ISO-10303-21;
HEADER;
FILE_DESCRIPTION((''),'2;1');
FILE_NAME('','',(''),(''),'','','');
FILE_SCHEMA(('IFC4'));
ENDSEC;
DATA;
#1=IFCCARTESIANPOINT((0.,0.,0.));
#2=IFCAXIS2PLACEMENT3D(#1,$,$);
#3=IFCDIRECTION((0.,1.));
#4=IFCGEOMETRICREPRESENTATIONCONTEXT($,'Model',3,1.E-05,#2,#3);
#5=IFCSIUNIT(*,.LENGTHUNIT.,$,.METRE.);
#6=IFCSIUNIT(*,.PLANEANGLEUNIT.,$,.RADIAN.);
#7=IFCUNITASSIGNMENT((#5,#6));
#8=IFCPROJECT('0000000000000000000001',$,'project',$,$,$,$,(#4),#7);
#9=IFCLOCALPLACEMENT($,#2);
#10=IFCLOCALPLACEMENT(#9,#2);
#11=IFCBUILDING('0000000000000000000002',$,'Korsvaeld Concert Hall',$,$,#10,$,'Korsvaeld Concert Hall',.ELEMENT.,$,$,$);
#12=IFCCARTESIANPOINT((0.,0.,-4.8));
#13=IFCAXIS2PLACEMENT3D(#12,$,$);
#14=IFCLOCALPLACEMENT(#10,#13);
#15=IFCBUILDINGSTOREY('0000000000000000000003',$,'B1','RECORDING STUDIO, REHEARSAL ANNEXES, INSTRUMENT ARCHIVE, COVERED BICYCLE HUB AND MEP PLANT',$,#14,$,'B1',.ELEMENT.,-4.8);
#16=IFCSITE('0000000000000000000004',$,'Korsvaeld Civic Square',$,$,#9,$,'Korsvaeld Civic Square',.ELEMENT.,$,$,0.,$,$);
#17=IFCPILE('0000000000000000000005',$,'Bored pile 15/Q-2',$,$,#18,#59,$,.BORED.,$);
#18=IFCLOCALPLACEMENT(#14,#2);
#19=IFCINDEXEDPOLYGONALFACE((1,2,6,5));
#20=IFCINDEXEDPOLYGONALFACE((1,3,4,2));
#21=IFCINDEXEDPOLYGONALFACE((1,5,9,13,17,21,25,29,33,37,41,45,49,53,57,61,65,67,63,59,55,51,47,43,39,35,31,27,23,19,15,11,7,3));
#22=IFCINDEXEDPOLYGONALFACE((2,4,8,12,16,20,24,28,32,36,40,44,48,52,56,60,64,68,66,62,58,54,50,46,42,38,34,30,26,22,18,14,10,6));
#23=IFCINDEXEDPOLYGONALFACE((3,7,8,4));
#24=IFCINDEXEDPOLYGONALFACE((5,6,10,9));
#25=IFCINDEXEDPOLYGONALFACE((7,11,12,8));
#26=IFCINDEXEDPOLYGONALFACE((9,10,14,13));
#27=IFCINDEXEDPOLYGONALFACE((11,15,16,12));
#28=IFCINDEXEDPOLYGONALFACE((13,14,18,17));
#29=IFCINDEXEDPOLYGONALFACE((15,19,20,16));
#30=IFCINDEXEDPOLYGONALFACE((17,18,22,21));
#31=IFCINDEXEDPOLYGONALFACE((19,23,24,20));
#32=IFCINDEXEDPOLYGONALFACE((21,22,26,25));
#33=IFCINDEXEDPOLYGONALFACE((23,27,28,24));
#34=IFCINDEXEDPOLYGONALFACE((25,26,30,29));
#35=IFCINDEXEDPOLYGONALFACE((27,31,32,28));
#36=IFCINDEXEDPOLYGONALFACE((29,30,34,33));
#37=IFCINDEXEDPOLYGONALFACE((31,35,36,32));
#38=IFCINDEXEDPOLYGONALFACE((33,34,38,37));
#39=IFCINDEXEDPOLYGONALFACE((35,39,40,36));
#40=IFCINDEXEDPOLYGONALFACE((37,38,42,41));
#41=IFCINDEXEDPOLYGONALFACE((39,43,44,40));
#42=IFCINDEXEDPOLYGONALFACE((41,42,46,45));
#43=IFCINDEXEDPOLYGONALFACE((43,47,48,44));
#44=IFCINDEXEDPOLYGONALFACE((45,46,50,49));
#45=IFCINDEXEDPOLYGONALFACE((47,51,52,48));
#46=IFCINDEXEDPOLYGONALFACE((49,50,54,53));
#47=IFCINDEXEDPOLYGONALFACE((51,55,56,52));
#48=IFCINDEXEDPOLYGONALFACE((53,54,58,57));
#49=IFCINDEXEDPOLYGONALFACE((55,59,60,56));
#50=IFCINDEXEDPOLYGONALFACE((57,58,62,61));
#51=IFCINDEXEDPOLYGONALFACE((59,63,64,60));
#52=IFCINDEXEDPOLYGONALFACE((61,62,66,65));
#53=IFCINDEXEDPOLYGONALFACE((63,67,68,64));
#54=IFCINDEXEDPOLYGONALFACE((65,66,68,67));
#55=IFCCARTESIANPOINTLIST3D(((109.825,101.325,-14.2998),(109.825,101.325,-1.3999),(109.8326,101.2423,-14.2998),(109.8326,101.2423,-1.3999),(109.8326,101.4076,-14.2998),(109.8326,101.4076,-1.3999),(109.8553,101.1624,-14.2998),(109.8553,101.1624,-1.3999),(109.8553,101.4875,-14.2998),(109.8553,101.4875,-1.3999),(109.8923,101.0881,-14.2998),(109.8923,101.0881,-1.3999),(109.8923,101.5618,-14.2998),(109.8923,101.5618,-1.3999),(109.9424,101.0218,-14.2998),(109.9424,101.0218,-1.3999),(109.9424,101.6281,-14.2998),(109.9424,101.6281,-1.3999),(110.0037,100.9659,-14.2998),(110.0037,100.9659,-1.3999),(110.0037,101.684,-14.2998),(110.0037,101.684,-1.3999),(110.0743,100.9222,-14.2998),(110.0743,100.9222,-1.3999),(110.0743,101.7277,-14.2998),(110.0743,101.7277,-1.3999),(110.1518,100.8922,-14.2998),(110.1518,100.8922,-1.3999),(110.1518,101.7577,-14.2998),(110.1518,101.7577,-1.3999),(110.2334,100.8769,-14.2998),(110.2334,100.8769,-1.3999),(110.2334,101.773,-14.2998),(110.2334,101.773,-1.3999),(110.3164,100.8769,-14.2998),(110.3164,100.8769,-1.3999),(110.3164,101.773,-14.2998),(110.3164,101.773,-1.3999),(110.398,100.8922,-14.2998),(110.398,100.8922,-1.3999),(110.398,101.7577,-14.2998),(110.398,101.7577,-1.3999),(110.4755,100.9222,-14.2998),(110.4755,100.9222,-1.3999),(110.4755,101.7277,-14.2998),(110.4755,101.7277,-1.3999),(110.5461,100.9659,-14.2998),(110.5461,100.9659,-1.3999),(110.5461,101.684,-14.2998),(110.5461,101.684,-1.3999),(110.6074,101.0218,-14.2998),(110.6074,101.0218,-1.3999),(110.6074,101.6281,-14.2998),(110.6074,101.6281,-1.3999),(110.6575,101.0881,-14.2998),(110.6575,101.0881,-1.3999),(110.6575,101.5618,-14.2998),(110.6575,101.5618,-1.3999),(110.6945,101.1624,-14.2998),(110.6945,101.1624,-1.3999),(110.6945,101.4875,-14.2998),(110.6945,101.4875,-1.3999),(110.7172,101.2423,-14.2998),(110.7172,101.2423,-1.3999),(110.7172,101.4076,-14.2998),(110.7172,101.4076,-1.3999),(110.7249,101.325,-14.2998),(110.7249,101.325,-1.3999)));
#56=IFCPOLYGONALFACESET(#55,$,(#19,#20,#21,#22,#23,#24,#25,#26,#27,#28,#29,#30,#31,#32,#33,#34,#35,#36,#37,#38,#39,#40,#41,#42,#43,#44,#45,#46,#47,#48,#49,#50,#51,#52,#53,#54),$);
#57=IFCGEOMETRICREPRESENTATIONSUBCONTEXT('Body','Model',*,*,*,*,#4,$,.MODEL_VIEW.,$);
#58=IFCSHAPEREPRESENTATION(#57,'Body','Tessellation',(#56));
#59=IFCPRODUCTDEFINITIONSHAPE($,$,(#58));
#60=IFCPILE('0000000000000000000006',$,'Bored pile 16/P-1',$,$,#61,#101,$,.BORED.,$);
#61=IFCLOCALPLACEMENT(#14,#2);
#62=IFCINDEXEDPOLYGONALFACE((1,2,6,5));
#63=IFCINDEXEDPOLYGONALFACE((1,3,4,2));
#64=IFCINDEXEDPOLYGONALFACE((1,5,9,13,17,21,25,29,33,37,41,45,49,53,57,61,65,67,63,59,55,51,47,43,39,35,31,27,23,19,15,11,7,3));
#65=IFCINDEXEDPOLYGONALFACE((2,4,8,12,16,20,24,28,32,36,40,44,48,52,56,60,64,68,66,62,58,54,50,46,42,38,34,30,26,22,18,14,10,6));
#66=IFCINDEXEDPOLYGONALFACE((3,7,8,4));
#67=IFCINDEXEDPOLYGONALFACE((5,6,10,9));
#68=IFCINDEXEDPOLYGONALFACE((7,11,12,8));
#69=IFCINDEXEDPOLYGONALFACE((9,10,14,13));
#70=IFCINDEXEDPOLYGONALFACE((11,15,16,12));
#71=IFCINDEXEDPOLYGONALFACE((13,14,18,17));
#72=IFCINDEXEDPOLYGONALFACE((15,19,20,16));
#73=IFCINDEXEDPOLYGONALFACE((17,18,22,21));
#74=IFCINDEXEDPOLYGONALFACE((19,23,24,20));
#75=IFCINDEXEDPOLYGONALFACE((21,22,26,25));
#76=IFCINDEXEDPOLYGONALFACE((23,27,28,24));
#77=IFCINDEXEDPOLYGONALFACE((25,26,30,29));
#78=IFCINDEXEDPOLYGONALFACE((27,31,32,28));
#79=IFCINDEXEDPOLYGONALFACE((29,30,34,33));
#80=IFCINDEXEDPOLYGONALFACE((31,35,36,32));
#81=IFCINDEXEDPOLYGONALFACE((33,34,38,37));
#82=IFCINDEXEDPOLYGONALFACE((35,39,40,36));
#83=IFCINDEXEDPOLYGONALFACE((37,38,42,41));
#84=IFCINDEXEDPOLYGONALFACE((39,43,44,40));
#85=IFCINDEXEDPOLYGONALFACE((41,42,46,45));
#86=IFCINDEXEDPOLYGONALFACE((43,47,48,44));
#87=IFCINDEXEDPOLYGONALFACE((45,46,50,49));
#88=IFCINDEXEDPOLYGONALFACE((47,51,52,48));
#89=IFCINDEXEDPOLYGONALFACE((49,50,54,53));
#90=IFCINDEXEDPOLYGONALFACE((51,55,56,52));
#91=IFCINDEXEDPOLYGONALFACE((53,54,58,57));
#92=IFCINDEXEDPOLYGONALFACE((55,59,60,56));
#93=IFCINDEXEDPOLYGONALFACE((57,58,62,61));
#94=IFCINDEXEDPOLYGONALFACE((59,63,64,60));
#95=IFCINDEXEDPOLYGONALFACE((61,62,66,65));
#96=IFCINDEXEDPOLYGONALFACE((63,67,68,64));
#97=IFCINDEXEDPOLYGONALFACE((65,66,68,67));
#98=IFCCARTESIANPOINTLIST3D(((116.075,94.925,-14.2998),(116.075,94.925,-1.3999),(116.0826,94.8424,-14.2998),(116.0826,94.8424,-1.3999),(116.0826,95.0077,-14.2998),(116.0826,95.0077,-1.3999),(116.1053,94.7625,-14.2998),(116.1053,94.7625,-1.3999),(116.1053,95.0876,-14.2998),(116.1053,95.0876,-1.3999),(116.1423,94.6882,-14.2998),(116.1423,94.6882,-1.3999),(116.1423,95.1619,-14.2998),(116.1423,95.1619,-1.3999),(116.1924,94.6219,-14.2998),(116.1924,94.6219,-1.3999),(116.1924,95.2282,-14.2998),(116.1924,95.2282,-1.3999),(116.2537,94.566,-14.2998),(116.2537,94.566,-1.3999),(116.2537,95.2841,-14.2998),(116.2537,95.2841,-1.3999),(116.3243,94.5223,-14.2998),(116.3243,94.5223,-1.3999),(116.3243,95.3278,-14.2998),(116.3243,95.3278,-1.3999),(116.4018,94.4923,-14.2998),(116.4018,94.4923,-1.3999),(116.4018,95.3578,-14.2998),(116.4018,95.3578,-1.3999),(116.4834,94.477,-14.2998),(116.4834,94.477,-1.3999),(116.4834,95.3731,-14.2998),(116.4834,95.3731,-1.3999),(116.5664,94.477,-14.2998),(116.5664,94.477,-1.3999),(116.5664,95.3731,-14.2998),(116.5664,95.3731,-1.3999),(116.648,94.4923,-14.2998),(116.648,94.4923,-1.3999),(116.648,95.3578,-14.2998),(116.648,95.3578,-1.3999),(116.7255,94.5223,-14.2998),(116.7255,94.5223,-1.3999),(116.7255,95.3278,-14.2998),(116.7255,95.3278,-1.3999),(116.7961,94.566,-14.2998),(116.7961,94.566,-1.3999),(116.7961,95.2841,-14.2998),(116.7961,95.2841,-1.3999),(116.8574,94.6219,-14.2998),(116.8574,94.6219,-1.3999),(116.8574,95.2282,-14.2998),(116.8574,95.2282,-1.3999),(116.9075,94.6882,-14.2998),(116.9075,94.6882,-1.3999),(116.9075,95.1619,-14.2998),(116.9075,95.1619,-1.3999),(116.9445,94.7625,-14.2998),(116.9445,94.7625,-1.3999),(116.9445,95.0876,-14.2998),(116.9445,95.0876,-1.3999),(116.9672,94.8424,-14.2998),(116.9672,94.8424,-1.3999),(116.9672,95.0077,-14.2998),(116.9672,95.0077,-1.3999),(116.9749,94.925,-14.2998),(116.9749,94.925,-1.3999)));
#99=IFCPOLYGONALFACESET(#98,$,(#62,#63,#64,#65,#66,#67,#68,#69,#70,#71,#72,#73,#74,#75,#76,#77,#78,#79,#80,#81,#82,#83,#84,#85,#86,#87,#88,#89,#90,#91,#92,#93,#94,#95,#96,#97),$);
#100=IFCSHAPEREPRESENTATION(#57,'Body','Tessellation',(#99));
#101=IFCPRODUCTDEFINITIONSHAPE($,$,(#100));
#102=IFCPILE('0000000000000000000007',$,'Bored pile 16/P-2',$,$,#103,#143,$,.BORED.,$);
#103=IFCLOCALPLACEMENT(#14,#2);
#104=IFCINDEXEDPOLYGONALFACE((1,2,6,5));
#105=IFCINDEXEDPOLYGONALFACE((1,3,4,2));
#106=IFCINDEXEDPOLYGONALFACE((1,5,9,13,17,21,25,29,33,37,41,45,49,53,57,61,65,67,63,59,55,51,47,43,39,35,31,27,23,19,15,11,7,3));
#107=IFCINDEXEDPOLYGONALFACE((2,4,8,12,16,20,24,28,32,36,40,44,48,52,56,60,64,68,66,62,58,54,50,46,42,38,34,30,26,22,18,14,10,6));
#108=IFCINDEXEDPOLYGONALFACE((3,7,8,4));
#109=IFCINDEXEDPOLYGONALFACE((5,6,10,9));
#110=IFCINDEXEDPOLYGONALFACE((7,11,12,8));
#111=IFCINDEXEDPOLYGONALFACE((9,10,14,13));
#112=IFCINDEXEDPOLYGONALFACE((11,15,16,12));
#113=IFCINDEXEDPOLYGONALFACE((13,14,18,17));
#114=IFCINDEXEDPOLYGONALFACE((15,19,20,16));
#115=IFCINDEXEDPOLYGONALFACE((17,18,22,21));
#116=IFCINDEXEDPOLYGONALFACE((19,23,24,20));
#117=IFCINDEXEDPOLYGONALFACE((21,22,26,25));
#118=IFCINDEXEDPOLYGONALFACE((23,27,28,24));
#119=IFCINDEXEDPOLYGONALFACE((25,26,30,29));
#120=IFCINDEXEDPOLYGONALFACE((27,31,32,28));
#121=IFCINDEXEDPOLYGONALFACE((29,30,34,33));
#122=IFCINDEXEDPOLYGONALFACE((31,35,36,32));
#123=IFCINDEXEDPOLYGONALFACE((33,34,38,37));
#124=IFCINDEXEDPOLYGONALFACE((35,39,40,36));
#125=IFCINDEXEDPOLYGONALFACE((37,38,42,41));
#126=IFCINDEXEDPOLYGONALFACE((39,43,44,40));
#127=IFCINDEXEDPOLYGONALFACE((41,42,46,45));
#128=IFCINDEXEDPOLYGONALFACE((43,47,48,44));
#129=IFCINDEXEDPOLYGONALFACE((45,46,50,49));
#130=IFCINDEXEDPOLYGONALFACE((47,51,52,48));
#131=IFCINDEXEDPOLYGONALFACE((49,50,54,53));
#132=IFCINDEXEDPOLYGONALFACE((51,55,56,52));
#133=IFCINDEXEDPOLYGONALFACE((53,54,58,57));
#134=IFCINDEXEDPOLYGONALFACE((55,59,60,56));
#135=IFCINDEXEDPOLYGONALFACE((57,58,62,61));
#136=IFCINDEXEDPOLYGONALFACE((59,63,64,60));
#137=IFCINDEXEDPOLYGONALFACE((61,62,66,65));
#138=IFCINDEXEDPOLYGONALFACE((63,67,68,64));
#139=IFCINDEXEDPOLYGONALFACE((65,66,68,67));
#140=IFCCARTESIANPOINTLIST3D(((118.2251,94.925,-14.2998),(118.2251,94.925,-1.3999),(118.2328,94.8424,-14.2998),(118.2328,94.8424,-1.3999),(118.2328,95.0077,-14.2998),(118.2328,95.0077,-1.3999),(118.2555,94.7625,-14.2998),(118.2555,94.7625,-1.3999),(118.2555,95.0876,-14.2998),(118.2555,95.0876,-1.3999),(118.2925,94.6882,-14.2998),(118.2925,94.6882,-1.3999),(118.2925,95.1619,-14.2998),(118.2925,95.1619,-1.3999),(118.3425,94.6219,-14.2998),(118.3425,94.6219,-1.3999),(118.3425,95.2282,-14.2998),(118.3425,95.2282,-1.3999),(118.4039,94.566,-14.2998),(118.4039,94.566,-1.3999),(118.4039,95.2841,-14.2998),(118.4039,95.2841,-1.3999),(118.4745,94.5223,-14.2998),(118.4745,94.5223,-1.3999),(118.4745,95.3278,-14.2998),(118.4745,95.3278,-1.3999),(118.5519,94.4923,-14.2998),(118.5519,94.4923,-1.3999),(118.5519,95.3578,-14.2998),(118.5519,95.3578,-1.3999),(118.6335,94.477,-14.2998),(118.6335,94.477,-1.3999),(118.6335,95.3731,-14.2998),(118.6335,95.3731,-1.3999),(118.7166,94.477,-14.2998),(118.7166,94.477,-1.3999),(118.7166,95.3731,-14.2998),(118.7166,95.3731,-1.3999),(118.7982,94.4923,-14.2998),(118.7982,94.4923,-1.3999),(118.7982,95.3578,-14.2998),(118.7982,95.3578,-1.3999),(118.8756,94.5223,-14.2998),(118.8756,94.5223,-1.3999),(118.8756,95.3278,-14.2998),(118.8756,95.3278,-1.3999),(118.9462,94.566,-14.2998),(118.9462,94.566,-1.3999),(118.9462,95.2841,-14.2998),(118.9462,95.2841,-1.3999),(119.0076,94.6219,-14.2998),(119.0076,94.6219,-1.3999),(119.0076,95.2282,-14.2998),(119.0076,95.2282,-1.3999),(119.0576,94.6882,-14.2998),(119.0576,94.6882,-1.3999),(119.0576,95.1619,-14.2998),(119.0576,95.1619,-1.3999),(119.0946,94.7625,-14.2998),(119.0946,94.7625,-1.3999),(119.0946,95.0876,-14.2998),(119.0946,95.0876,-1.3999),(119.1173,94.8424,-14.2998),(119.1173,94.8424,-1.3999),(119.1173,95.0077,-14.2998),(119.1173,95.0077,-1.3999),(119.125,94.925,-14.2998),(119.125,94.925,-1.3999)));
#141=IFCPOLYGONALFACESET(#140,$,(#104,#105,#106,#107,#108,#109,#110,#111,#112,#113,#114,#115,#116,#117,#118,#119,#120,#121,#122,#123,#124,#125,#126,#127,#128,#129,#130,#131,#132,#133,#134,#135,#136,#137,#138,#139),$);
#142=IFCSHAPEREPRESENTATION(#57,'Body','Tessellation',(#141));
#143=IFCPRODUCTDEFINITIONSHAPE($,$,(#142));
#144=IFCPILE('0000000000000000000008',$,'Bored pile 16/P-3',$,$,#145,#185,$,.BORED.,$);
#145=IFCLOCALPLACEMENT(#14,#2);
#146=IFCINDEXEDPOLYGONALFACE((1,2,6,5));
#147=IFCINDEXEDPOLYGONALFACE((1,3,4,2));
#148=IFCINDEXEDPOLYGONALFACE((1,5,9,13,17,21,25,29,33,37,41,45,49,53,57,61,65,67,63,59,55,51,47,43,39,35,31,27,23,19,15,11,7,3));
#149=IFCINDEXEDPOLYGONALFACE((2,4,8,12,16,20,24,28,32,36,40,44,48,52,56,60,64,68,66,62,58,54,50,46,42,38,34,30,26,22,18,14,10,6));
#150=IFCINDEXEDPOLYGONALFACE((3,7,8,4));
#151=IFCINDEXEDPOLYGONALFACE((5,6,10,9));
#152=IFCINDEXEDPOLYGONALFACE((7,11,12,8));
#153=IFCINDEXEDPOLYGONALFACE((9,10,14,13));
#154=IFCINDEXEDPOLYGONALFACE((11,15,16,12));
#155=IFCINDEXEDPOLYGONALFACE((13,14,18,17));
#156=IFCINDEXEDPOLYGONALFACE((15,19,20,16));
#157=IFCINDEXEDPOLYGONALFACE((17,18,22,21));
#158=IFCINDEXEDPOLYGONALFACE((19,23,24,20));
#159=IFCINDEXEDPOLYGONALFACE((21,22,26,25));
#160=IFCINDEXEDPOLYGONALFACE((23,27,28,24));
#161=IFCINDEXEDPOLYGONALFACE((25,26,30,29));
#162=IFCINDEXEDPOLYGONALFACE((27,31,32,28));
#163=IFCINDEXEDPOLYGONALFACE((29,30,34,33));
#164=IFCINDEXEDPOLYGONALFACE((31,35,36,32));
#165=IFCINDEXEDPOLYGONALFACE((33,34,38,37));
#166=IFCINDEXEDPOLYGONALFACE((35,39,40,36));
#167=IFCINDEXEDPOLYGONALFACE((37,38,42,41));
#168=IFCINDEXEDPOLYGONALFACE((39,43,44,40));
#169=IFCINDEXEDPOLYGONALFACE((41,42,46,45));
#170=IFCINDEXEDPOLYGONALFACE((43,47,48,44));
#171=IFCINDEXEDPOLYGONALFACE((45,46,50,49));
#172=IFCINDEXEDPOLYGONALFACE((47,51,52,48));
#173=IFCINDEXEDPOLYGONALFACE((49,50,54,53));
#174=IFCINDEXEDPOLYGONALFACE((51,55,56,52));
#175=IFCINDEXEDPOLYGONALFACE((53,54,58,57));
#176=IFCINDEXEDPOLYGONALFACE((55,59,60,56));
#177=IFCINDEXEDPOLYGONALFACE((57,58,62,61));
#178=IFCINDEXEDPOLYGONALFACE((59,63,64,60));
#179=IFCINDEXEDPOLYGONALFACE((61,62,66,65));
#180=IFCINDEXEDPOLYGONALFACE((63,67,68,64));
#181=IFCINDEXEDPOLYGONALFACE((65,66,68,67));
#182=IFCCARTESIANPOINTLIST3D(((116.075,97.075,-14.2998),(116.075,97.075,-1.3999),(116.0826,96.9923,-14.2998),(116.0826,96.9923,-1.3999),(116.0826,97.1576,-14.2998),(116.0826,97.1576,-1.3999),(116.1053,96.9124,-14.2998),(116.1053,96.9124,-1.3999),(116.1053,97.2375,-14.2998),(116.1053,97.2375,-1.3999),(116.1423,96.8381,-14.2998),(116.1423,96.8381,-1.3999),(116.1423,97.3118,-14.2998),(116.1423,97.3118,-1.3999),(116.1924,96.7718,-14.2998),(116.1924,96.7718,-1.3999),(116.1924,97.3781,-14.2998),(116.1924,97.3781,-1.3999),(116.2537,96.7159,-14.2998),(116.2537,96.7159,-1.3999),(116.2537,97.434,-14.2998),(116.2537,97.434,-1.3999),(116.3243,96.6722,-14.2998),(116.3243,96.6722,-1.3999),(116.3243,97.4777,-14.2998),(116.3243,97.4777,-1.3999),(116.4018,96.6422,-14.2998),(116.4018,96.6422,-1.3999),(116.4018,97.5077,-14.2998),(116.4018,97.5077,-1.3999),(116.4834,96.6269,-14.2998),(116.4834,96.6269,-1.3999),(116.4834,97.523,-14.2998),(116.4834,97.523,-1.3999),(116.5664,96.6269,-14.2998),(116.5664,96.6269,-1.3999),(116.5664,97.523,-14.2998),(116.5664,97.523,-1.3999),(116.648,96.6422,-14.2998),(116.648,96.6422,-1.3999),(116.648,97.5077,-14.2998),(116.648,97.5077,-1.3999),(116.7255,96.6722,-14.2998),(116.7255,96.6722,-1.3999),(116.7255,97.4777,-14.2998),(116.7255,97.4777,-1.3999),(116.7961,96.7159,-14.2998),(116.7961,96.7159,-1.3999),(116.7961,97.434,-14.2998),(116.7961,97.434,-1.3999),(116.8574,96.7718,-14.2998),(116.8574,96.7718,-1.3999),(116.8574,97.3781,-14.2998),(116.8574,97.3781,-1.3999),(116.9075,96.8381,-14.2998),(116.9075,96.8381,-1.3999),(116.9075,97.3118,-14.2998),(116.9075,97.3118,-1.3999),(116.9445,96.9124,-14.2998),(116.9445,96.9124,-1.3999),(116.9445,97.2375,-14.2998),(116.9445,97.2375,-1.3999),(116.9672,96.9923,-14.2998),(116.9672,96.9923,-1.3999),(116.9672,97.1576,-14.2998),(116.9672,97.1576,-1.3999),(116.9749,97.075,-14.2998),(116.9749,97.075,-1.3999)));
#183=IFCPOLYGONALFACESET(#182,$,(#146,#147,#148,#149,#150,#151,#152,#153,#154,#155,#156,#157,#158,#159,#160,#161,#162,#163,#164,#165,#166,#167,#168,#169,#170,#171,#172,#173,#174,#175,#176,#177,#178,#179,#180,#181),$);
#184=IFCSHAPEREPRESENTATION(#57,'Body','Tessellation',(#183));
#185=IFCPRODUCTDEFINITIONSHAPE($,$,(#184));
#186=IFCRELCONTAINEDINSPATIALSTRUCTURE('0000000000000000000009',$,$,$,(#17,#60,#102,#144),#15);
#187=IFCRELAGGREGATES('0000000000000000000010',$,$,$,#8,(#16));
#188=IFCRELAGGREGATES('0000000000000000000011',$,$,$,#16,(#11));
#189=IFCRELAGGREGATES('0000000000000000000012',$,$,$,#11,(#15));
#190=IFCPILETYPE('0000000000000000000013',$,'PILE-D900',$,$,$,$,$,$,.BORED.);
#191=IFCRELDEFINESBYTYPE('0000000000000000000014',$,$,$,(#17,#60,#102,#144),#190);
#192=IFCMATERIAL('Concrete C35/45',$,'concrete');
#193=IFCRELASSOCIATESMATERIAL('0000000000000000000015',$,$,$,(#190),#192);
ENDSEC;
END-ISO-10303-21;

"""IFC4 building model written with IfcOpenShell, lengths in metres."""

from ifc_helpers import new_model, si_unit, direction, frame, origin, origin_2d, place, context, subcontext, project, spatial, circle, extrude, material, material_profile, profile_set, type_object, element, save


model = new_model("IFC4")

# Units and contexts
model_context = context("Model", 3, precision=1e-05, world=origin(), true_north=direction((0.0, 1.0)))
body_context = subcontext(model_context, "Body", "Model", "MODEL_VIEW")
ifc_project = project(units=[si_unit("LENGTHUNIT", "METRE"), si_unit("PLANEANGLEUNIT", "RADIAN")], contexts=[model_context])

# Site, building, storey
site_placement = place(None, origin())
site = spatial("IfcSite", under=ifc_project, at=site_placement, Name="Korsvaeld Civic Square", LongName="Korsvaeld Civic Square", CompositionType="ELEMENT", RefElevation=0.0)
building_placement = place(site_placement, origin())
building = spatial("IfcBuilding", under=site, at=building_placement, Name="Korsvaeld Concert Hall", LongName="Korsvaeld Concert Hall", CompositionType="ELEMENT")
storey_placement = place(building_placement, frame((0.0, 0.0, -4.8)))
storey = spatial("IfcBuildingStorey", under=building, at=storey_placement, Name="B1", Description="RECORDING STUDIO, REHEARSAL ANNEXES, INSTRUMENT ARCHIVE, COVERED BICYCLE HUB AND MEP PLANT", LongName="B1", CompositionType="ELEMENT", Elevation=-4.8)

# Shared definitions
ifc_material_1 = material(Name="Concrete C35/45", Category="concrete")

# Piles
ifc_material_profile_1 = material_profile(ifc_material_1, circle(Radius=0.45, at=origin_2d()), Name="BORED PILE D900")
ifc_profile_set_1 = profile_set([ifc_material_profile_1], Name="Concrete C35/45")
pile_type = type_object("IfcPileType", Name="PILE-D900", PredefinedType="BORED", material=ifc_profile_set_1)
for number, where, z_axis, x_axis, name in (
    (1, (110.2749, 101.325, -1.3999), (0.0, 0.0, -1.0), (1.0, 0.0, 0.0), "Bored pile 15/Q-2"),
    (2, (116.5249, 94.925, -1.3999), (0.0, 0.0, -1.0), (1.0, 0.0, 0.0), "Bored pile 16/P-1"),
    (3, (118.675, 94.925, -1.3999), (0.0, 0.0, -1.0), (1.0, 0.0, 0.0), "Bored pile 16/P-2"),
    (4, (116.5249, 97.075, -1.3999), (0.0, 0.0, -1.0), (1.0, 0.0, 0.0), "Bored pile 16/P-3"),
):
    element("IfcPile", number, at=place(storey_placement, frame(where, z_axis=z_axis, x_axis=x_axis)), inside=storey, type_object=pile_type, Name=name, PredefinedType="BORED", context=body_context, shape_type="SweptSolid", body=[
        extrude(circle(Radius=0.45, at=origin_2d()), origin(), (0.0, 0.0, 1.0), 12.8999),
    ])

save(model, "model.ifc")
